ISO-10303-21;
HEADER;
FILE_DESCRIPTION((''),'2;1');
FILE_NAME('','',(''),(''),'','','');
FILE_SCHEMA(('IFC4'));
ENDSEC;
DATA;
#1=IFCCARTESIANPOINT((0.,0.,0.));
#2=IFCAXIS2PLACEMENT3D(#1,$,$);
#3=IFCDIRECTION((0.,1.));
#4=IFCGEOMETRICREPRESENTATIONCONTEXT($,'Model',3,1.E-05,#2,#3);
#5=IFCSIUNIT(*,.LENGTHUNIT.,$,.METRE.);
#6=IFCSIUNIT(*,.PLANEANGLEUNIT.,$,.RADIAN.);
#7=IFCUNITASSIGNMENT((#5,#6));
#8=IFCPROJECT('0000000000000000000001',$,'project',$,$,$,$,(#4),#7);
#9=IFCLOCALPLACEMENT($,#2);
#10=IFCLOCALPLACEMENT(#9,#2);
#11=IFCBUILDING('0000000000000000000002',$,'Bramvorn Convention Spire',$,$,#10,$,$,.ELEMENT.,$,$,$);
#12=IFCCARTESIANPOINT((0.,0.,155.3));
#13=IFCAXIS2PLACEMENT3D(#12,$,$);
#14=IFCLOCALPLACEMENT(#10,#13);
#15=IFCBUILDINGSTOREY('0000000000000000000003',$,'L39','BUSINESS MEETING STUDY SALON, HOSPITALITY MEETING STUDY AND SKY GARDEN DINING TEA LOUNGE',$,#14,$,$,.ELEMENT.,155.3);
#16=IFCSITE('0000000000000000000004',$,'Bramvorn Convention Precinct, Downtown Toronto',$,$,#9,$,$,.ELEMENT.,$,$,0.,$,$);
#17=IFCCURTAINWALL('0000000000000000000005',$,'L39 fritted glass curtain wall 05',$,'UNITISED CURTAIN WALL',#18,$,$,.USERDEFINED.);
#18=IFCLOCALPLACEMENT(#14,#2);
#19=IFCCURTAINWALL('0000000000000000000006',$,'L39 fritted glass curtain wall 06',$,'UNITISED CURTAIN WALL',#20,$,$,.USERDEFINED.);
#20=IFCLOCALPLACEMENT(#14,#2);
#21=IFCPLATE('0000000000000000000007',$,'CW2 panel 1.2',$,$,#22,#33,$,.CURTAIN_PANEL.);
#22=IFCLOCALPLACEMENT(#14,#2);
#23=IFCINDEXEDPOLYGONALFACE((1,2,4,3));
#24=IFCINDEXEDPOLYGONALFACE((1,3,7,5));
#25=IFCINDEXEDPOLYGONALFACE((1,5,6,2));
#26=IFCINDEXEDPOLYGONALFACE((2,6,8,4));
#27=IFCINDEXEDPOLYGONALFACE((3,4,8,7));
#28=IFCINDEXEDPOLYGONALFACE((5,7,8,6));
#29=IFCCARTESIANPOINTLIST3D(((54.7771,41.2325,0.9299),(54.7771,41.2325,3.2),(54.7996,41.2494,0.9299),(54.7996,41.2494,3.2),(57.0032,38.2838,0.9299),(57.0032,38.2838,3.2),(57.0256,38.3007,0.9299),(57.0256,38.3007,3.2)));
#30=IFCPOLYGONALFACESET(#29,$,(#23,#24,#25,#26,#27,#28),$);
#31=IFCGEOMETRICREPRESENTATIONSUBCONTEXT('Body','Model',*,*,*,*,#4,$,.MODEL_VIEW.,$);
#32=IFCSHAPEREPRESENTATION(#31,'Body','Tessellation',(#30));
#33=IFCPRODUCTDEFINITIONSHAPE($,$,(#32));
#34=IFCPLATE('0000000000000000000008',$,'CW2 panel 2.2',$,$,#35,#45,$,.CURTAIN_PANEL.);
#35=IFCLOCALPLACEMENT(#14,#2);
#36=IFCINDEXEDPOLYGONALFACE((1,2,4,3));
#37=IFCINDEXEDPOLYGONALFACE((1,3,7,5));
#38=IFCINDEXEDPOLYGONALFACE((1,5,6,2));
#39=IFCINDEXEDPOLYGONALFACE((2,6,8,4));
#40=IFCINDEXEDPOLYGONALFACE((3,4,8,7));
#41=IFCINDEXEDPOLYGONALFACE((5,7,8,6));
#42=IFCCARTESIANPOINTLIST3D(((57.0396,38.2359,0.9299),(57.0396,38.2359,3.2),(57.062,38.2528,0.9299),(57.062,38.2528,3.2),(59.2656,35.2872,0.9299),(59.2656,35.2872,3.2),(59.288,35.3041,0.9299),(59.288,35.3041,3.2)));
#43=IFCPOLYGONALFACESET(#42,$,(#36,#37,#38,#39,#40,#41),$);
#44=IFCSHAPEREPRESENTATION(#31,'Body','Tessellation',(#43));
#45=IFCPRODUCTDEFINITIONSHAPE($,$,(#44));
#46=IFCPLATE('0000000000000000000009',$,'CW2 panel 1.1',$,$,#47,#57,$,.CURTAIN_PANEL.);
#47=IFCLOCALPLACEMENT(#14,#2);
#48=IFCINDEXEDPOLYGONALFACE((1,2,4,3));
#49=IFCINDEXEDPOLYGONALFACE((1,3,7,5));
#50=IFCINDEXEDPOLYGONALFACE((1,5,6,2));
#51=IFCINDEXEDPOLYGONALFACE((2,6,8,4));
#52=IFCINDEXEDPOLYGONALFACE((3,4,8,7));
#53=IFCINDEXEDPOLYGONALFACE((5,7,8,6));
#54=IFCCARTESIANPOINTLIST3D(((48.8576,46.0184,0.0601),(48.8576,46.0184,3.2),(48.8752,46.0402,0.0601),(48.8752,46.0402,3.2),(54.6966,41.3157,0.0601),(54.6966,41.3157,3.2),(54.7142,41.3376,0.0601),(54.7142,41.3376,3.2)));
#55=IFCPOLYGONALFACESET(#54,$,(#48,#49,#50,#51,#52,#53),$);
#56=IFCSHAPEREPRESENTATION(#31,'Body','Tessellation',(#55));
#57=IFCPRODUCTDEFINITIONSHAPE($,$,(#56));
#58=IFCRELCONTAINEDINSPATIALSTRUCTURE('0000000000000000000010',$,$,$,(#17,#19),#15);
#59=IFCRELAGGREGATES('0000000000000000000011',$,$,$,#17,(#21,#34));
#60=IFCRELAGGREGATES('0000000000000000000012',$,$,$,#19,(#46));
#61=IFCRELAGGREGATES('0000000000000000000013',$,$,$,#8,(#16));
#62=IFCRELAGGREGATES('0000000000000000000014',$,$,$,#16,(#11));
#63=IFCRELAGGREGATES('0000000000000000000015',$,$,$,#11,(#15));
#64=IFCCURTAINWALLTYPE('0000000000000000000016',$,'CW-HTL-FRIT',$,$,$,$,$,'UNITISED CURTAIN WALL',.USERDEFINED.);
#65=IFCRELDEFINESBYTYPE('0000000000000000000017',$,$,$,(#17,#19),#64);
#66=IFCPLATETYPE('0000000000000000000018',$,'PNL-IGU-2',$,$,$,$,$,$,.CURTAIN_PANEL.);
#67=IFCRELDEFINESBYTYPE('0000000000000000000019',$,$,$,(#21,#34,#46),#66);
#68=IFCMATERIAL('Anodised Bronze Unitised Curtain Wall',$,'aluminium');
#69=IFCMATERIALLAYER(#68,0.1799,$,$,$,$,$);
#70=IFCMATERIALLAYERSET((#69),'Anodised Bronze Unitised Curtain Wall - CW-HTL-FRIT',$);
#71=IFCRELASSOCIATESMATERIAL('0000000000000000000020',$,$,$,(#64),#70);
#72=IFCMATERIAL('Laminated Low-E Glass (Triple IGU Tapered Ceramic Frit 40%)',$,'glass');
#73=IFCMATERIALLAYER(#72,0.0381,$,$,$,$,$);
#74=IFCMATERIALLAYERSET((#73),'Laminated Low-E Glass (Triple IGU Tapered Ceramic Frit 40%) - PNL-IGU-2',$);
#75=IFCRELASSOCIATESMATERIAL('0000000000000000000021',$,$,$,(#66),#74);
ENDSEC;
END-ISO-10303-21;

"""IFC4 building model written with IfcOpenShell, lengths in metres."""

from ifc_helpers import new_model, si_unit, direction, frame, origin, origin_2d, place, context, subcontext, project, spatial, rectangle, extrude, material, layer, layer_set, type_object, element, aggregate, save


model = new_model("IFC4")

# Units and contexts
model_context = context("Model", 3, precision=1e-05, world=origin(), true_north=direction((0.0, 1.0)))
body_context = subcontext(model_context, "Body", "Model", "MODEL_VIEW")
ifc_project = project(units=[si_unit("LENGTHUNIT", "METRE"), si_unit("PLANEANGLEUNIT", "RADIAN")], contexts=[model_context])

# Site, building, storey
site_placement = place(None, origin())
site = spatial("IfcSite", under=ifc_project, at=site_placement, Name="Bramvorn Convention Precinct, Downtown Toronto", CompositionType="ELEMENT", RefElevation=0.0)
building_placement = place(site_placement, origin())
building = spatial("IfcBuilding", under=site, at=building_placement, Name="Bramvorn Convention Spire", CompositionType="ELEMENT")
storey_placement = place(building_placement, frame((0.0, 0.0, 155.3)))
storey = spatial("IfcBuildingStorey", under=building, at=storey_placement, Name="L39", Description="BUSINESS MEETING STUDY SALON, HOSPITALITY MEETING STUDY AND SKY GARDEN DINING TEA LOUNGE", CompositionType="ELEMENT", Elevation=155.3)

# Curtain walls
ifc_material_1 = material(Name="Anodised Bronze Unitised Curtain Wall", Category="aluminium")
ifc_layer_1 = layer(ifc_material_1, 0.1799)
ifc_layer_set_1 = layer_set([ifc_layer_1], Name="Anodised Bronze Unitised Curtain Wall - CW-HTL-FRIT")
curtain_wall_type = type_object("IfcCurtainWallType", Name="CW-HTL-FRIT", ElementType="UNITISED CURTAIN WALL", PredefinedType="USERDEFINED", material=ifc_layer_set_1)
curtain_wall_1_placement = place(storey_placement, origin())
curtain_wall_1 = element("IfcCurtainWall", 1, at=curtain_wall_1_placement, inside=storey, type_object=curtain_wall_type, Name="L39 fritted glass curtain wall 05", ObjectType="UNITISED CURTAIN WALL", PredefinedType="USERDEFINED")
curtain_wall_2_placement = place(storey_placement, origin())
curtain_wall_2 = element("IfcCurtainWall", 2, at=curtain_wall_2_placement, inside=storey, type_object=curtain_wall_type, Name="L39 fritted glass curtain wall 06", ObjectType="UNITISED CURTAIN WALL", PredefinedType="USERDEFINED")

# Plates
ifc_material_2 = material(Name="Laminated Low-E Glass (Triple IGU Tapered Ceramic Frit 40%)", Category="glass")
ifc_layer_2 = layer(ifc_material_2, 0.0381)
ifc_layer_set_2 = layer_set([ifc_layer_2], Name="Laminated Low-E Glass (Triple IGU Tapered Ceramic Frit 40%) - PNL-IGU-2")
plate_type = type_object("IfcPlateType", Name="PNL-IGU-2", PredefinedType="CURTAIN_PANEL", material=ifc_layer_set_2)
plate_1_placement = place(storey_placement, frame((55.9014, 39.7666, 0.9299), z_axis=(0.0, 0.0, 1.0), x_axis=(0.602515, -0.798108, 0.0)))
plate_1 = element("IfcPlate", 3, at=plate_1_placement, type_object=plate_type, Name="CW2 panel 1.2", PredefinedType="CURTAIN_PANEL", context=body_context, shape_type="SweptSolid", body=[
    extrude(rectangle(XDim=3.6946, YDim=0.0281, at=origin_2d()), origin(), (0.0, 0.0, 1.0), 2.27),
])
plate_2_placement = place(storey_placement, frame((58.1638, 36.77, 0.9299), z_axis=(0.0, 0.0, 1.0), x_axis=(0.602515, -0.798108, 0.0)))
plate_2 = element("IfcPlate", 4, at=plate_2_placement, type_object=plate_type, Name="CW2 panel 2.2", PredefinedType="CURTAIN_PANEL", context=body_context, shape_type="SweptSolid", body=[
    extrude(rectangle(XDim=3.6946, YDim=0.0281, at=origin_2d()), origin(), (0.0, 0.0, 1.0), 2.27),
])
aggregate(curtain_wall_1, [plate_1, plate_2])
plate_3_placement = place(storey_placement, frame((51.7859, 43.678, 0.0601), z_axis=(0.0, 0.0, 1.0), x_axis=(0.778821, -0.627247, 0.0)))
plate_3 = element("IfcPlate", 5, at=plate_3_placement, type_object=plate_type, Name="CW2 panel 1.1", PredefinedType="CURTAIN_PANEL", context=body_context, shape_type="SweptSolid", body=[
    extrude(rectangle(XDim=7.4973, YDim=0.0281, at=origin_2d()), origin(), (0.0, 0.0, 1.0), 3.1399),
])
aggregate(curtain_wall_2, [plate_3])

save(model, "model.ifc")
